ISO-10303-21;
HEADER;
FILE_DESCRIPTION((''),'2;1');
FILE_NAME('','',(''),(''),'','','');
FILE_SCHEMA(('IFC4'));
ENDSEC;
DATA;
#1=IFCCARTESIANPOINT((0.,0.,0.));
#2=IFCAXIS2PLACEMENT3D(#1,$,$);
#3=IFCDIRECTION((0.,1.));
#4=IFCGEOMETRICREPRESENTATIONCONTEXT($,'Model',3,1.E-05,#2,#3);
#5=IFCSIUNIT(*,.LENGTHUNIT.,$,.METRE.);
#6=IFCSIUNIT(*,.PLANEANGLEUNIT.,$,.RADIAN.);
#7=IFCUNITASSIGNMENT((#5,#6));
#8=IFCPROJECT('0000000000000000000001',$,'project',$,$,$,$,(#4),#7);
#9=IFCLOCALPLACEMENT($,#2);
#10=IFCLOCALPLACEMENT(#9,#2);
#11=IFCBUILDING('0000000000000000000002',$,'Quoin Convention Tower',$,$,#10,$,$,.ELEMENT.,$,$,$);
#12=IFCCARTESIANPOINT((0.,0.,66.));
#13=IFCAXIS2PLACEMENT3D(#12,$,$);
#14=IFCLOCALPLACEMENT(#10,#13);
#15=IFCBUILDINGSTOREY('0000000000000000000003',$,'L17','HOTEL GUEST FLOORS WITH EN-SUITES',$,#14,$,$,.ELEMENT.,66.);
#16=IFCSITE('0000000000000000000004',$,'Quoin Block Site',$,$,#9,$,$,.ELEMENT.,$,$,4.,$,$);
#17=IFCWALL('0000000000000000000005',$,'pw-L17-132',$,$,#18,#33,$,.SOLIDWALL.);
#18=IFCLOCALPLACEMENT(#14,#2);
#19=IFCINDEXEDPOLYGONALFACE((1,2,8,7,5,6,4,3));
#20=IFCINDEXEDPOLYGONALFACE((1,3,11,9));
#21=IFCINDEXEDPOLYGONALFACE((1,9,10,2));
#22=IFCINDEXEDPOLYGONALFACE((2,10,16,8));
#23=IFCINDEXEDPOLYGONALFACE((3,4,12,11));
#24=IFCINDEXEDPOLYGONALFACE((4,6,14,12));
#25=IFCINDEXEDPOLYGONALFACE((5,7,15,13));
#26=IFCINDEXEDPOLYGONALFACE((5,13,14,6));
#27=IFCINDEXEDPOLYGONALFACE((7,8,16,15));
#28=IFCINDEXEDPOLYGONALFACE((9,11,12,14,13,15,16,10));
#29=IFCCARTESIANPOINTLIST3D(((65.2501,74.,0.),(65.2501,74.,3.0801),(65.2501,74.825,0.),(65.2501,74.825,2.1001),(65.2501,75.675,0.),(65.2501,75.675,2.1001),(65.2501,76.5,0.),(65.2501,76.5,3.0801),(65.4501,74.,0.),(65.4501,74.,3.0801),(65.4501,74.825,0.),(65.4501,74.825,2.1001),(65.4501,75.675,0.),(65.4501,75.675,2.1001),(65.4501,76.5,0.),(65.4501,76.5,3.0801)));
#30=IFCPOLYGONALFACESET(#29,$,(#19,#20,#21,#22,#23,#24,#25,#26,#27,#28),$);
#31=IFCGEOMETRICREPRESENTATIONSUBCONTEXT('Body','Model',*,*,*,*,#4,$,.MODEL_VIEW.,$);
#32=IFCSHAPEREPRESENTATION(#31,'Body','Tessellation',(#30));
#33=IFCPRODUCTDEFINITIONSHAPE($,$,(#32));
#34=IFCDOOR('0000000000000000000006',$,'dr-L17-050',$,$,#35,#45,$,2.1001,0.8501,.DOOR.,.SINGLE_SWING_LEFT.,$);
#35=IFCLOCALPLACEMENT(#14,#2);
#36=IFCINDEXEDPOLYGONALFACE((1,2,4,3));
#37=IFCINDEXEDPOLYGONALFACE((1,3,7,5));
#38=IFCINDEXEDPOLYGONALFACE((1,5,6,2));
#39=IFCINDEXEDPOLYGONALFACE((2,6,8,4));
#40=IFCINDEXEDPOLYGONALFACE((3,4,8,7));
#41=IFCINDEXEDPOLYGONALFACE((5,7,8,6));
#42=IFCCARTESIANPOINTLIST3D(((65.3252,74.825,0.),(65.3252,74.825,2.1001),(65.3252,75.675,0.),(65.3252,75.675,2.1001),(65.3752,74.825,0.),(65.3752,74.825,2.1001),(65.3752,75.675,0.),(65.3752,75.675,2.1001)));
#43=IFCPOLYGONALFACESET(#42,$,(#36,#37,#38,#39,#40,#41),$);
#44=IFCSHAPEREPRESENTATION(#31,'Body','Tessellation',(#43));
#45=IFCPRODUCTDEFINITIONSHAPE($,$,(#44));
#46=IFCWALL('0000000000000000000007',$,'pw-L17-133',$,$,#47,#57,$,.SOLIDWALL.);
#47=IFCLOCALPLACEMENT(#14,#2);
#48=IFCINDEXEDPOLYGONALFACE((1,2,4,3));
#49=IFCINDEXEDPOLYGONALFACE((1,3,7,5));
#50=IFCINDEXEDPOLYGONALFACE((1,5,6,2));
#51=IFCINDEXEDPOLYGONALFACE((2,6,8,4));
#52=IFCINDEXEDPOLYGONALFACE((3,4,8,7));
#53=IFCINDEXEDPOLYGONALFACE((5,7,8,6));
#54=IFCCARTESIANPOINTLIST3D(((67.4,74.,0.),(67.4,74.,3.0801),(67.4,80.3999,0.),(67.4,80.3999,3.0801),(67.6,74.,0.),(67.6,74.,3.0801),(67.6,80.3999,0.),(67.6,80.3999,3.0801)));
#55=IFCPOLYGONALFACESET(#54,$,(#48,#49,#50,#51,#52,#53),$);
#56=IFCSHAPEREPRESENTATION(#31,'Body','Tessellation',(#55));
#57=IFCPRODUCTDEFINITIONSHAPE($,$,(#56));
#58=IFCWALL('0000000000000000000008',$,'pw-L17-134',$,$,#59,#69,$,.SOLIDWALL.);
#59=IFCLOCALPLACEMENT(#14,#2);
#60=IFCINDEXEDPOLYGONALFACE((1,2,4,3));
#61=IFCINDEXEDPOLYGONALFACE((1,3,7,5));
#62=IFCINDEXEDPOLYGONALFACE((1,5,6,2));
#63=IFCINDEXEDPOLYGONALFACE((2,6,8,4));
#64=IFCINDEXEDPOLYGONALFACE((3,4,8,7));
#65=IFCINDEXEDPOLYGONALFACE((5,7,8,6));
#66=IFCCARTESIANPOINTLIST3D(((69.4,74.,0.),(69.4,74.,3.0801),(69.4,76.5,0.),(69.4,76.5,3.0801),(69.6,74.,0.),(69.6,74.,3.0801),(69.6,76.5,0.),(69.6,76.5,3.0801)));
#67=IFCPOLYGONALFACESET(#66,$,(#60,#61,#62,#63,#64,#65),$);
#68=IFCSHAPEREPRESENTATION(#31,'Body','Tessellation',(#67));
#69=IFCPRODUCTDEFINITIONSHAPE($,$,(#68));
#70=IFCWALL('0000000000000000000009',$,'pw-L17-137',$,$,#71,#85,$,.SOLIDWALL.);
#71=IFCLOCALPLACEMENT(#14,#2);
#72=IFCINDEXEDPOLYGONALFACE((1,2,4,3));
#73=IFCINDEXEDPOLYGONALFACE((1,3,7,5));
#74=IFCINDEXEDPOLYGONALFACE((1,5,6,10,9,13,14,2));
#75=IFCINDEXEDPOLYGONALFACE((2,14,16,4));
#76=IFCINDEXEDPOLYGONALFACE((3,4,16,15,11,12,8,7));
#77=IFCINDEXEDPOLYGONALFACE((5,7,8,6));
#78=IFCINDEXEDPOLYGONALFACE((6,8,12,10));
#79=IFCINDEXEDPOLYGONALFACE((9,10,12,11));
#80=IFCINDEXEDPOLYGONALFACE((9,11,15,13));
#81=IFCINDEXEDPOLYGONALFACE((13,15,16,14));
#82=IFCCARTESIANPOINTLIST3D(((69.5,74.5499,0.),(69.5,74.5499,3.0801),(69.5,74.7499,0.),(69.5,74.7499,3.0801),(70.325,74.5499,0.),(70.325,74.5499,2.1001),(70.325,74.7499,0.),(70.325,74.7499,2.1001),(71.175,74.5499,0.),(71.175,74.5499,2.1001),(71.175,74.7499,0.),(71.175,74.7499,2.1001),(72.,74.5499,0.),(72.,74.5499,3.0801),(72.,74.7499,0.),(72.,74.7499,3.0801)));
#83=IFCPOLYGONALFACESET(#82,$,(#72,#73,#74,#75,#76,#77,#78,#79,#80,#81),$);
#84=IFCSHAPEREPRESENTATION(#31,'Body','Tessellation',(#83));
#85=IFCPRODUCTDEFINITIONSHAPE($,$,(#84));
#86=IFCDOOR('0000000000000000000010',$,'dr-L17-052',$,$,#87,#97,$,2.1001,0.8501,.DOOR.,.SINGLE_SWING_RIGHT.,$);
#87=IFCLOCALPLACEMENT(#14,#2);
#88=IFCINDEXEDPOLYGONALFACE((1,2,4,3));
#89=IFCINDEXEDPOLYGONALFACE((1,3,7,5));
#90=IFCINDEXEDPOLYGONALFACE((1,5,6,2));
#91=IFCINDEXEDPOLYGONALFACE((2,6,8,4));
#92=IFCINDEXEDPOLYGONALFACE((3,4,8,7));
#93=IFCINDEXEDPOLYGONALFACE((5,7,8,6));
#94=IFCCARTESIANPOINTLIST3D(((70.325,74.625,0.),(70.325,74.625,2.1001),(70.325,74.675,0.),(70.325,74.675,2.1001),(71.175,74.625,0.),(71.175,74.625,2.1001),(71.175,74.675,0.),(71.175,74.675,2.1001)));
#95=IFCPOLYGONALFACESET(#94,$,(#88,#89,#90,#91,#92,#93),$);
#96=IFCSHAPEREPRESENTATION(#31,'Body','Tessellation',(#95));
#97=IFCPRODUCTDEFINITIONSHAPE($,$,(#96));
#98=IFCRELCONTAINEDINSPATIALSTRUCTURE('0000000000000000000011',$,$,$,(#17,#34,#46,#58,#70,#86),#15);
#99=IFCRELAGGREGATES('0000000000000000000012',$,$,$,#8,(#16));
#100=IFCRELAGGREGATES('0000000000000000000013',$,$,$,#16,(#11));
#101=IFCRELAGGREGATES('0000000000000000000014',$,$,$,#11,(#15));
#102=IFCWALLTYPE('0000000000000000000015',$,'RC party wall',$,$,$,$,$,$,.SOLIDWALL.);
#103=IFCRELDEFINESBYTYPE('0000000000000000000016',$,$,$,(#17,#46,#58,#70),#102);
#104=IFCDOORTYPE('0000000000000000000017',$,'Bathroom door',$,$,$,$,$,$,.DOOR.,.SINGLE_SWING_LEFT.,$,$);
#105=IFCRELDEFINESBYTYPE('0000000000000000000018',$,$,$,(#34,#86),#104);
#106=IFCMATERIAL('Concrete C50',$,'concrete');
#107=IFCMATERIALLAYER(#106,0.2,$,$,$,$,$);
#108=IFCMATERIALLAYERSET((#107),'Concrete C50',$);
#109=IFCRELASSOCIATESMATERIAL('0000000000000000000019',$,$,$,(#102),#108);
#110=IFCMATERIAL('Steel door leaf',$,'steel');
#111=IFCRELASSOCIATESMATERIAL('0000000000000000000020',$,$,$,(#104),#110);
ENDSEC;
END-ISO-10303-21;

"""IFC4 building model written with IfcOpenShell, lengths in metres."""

from ifc_helpers import new_model, si_unit, direction, frame, frame_2d, origin, place, context, subcontext, project, spatial, rectangle, extrude, material, layer, layer_set, type_object, element, fill, save


model = new_model("IFC4")

# Units and contexts
model_context = context("Model", 3, precision=1e-05, world=origin(), true_north=direction((0.0, 1.0)))
body_context = subcontext(model_context, "Body", "Model", "MODEL_VIEW")
ifc_project = project(units=[si_unit("LENGTHUNIT", "METRE"), si_unit("PLANEANGLEUNIT", "RADIAN")], contexts=[model_context])

# Site, building, storey
site_placement = place(None, origin())
site = spatial("IfcSite", under=ifc_project, at=site_placement, Name="Quoin Block Site", CompositionType="ELEMENT", RefElevation=4.0)
building_placement = place(site_placement, origin())
building = spatial("IfcBuilding", under=site, at=building_placement, Name="Quoin Convention Tower", CompositionType="ELEMENT")
storey_placement = place(building_placement, frame((0.0, 0.0, 66.0)))
storey = spatial("IfcBuildingStorey", under=building, at=storey_placement, Name="L17", Description="HOTEL GUEST FLOORS WITH EN-SUITES", CompositionType="ELEMENT", Elevation=66.0)

# Shared definitions
ifc_material_1 = material(Name="Concrete C50", Category="concrete")

# Shared definitions
ifc_layer_1 = layer(ifc_material_1, 0.2)
ifc_layer_set_1 = layer_set([ifc_layer_1], Name="Concrete C50")
wall_type_1 = type_object("IfcWallType", Name="RC party wall", PredefinedType="SOLIDWALL", material=ifc_layer_set_1)
ifc_material_2 = material(Name="Steel door leaf", Category="steel")
door_type = type_object("IfcDoorType", Name="Bathroom door", OperationType="SINGLE_SWING_LEFT", PredefinedType="DOOR", material=ifc_material_2)

# Wall, opening, door
wall_1_placement = place(storey_placement, frame((65.3501, 74.0, 0.0), z_axis=(0.0, 0.0, 1.0), x_axis=(0.0, 1.0, 0.0)))
wall_1 = element("IfcWall", 1, at=wall_1_placement, inside=storey, type_object=wall_type_1, Name="pw-L17-132", PredefinedType="SOLIDWALL", context=body_context, shape_type="SweptSolid", body=[
    extrude(rectangle(XDim=2.5, YDim=0.2, at=frame_2d((1.25, 0.0))), origin(), (0.0, 0.0, 1.0), 3.0801),
])
opening_1_placement = place(wall_1_placement, frame((0.825, 0.0, 0.0)))
opening_1 = element("IfcOpeningElement", 2, at=opening_1_placement, cuts=wall_1, PredefinedType="OPENING", context=body_context, shape_type="SweptSolid", body=[
    extrude(rectangle(XDim=0.8501, YDim=2.1001, at=frame_2d((0.425, 1.05))), frame((0.0, 0.1099, 0.0), z_axis=(0.0, -1.0, 0.0), x_axis=(1.0, 0.0, 0.0)), (0.0, 0.0, 1.0), 0.22),
])
door_1_placement = place(opening_1_placement, origin())
door_1 = element("IfcDoor", 3, at=door_1_placement, inside=storey, type_object=door_type, Name="dr-L17-050", OperationType="SINGLE_SWING_LEFT", OverallHeight=2.1001, OverallWidth=0.8501, PredefinedType="DOOR", context=body_context, shape_type="SweptSolid", body=[
    extrude(rectangle(XDim=0.8501, YDim=2.1001, at=frame_2d((0.425, 1.05))), frame((0.0, 0.0249, 0.0), z_axis=(0.0, -1.0, 0.0), x_axis=(1.0, 0.0, 0.0)), (0.0, 0.0, 1.0), 0.05),
])
fill(opening_1, door_1)

# Walls
wall_2_placement = place(storey_placement, frame((67.5, 74.0, 0.0), z_axis=(0.0, 0.0, 1.0), x_axis=(0.0, 1.0, 0.0)))
element("IfcWall", 4, at=wall_2_placement, inside=storey, type_object=wall_type_1, Name="pw-L17-133", PredefinedType="SOLIDWALL", context=body_context, shape_type="SweptSolid", body=[
    extrude(rectangle(XDim=6.3999, YDim=0.2, at=frame_2d((3.2, 0.0))), origin(), (0.0, 0.0, 1.0), 3.0801),
])
wall_3_placement = place(storey_placement, frame((69.5, 74.0, 0.0), z_axis=(0.0, 0.0, 1.0), x_axis=(0.0, 1.0, 0.0)))
element("IfcWall", 5, at=wall_3_placement, inside=storey, type_object=wall_type_1, Name="pw-L17-134", PredefinedType="SOLIDWALL", context=body_context, shape_type="SweptSolid", body=[
    extrude(rectangle(XDim=2.5, YDim=0.2, at=frame_2d((1.25, 0.0))), origin(), (0.0, 0.0, 1.0), 3.0801),
])

# Wall, opening, door
wall_4_placement = place(storey_placement, frame((69.5, 74.6499, 0.0), z_axis=(0.0, 0.0, 1.0), x_axis=(1.0, 0.0, 0.0)))
wall_4 = element("IfcWall", 6, at=wall_4_placement, inside=storey, type_object=wall_type_1, Name="pw-L17-137", PredefinedType="SOLIDWALL", context=body_context, shape_type="SweptSolid", body=[
    extrude(rectangle(XDim=2.5, YDim=0.2, at=frame_2d((1.25, 0.0))), origin(), (0.0, 0.0, 1.0), 3.0801),
])
opening_2_placement = place(wall_4_placement, frame((0.825, 0.0, 0.0)))
opening_2 = element("IfcOpeningElement", 7, at=opening_2_placement, cuts=wall_4, PredefinedType="OPENING", context=body_context, shape_type="SweptSolid", body=[
    extrude(rectangle(XDim=0.8501, YDim=2.1001, at=frame_2d((0.425, 1.05))), frame((0.0, 0.1099, 0.0), z_axis=(0.0, -1.0, 0.0), x_axis=(1.0, 0.0, 0.0)), (0.0, 0.0, 1.0), 0.22),
])
door_2_placement = place(opening_2_placement, frame((0.8501, 0.0, 0.0), z_axis=(0.0, 0.0, 1.0), x_axis=(-1.0, 0.0, 0.0)))
door_2 = element("IfcDoor", 8, at=door_2_placement, inside=storey, type_object=door_type, Name="dr-L17-052", OperationType="SINGLE_SWING_RIGHT", OverallHeight=2.1001, OverallWidth=0.8501, PredefinedType="DOOR", context=body_context, shape_type="SweptSolid", body=[
    extrude(rectangle(XDim=0.8501, YDim=2.1001, at=frame_2d((0.425, 1.05))), frame((0.0, 0.0249, 0.0), z_axis=(0.0, -1.0, 0.0), x_axis=(1.0, 0.0, 0.0)), (0.0, 0.0, 1.0), 0.05),
])
fill(opening_2, door_2)

save(model, "model.ifc")
